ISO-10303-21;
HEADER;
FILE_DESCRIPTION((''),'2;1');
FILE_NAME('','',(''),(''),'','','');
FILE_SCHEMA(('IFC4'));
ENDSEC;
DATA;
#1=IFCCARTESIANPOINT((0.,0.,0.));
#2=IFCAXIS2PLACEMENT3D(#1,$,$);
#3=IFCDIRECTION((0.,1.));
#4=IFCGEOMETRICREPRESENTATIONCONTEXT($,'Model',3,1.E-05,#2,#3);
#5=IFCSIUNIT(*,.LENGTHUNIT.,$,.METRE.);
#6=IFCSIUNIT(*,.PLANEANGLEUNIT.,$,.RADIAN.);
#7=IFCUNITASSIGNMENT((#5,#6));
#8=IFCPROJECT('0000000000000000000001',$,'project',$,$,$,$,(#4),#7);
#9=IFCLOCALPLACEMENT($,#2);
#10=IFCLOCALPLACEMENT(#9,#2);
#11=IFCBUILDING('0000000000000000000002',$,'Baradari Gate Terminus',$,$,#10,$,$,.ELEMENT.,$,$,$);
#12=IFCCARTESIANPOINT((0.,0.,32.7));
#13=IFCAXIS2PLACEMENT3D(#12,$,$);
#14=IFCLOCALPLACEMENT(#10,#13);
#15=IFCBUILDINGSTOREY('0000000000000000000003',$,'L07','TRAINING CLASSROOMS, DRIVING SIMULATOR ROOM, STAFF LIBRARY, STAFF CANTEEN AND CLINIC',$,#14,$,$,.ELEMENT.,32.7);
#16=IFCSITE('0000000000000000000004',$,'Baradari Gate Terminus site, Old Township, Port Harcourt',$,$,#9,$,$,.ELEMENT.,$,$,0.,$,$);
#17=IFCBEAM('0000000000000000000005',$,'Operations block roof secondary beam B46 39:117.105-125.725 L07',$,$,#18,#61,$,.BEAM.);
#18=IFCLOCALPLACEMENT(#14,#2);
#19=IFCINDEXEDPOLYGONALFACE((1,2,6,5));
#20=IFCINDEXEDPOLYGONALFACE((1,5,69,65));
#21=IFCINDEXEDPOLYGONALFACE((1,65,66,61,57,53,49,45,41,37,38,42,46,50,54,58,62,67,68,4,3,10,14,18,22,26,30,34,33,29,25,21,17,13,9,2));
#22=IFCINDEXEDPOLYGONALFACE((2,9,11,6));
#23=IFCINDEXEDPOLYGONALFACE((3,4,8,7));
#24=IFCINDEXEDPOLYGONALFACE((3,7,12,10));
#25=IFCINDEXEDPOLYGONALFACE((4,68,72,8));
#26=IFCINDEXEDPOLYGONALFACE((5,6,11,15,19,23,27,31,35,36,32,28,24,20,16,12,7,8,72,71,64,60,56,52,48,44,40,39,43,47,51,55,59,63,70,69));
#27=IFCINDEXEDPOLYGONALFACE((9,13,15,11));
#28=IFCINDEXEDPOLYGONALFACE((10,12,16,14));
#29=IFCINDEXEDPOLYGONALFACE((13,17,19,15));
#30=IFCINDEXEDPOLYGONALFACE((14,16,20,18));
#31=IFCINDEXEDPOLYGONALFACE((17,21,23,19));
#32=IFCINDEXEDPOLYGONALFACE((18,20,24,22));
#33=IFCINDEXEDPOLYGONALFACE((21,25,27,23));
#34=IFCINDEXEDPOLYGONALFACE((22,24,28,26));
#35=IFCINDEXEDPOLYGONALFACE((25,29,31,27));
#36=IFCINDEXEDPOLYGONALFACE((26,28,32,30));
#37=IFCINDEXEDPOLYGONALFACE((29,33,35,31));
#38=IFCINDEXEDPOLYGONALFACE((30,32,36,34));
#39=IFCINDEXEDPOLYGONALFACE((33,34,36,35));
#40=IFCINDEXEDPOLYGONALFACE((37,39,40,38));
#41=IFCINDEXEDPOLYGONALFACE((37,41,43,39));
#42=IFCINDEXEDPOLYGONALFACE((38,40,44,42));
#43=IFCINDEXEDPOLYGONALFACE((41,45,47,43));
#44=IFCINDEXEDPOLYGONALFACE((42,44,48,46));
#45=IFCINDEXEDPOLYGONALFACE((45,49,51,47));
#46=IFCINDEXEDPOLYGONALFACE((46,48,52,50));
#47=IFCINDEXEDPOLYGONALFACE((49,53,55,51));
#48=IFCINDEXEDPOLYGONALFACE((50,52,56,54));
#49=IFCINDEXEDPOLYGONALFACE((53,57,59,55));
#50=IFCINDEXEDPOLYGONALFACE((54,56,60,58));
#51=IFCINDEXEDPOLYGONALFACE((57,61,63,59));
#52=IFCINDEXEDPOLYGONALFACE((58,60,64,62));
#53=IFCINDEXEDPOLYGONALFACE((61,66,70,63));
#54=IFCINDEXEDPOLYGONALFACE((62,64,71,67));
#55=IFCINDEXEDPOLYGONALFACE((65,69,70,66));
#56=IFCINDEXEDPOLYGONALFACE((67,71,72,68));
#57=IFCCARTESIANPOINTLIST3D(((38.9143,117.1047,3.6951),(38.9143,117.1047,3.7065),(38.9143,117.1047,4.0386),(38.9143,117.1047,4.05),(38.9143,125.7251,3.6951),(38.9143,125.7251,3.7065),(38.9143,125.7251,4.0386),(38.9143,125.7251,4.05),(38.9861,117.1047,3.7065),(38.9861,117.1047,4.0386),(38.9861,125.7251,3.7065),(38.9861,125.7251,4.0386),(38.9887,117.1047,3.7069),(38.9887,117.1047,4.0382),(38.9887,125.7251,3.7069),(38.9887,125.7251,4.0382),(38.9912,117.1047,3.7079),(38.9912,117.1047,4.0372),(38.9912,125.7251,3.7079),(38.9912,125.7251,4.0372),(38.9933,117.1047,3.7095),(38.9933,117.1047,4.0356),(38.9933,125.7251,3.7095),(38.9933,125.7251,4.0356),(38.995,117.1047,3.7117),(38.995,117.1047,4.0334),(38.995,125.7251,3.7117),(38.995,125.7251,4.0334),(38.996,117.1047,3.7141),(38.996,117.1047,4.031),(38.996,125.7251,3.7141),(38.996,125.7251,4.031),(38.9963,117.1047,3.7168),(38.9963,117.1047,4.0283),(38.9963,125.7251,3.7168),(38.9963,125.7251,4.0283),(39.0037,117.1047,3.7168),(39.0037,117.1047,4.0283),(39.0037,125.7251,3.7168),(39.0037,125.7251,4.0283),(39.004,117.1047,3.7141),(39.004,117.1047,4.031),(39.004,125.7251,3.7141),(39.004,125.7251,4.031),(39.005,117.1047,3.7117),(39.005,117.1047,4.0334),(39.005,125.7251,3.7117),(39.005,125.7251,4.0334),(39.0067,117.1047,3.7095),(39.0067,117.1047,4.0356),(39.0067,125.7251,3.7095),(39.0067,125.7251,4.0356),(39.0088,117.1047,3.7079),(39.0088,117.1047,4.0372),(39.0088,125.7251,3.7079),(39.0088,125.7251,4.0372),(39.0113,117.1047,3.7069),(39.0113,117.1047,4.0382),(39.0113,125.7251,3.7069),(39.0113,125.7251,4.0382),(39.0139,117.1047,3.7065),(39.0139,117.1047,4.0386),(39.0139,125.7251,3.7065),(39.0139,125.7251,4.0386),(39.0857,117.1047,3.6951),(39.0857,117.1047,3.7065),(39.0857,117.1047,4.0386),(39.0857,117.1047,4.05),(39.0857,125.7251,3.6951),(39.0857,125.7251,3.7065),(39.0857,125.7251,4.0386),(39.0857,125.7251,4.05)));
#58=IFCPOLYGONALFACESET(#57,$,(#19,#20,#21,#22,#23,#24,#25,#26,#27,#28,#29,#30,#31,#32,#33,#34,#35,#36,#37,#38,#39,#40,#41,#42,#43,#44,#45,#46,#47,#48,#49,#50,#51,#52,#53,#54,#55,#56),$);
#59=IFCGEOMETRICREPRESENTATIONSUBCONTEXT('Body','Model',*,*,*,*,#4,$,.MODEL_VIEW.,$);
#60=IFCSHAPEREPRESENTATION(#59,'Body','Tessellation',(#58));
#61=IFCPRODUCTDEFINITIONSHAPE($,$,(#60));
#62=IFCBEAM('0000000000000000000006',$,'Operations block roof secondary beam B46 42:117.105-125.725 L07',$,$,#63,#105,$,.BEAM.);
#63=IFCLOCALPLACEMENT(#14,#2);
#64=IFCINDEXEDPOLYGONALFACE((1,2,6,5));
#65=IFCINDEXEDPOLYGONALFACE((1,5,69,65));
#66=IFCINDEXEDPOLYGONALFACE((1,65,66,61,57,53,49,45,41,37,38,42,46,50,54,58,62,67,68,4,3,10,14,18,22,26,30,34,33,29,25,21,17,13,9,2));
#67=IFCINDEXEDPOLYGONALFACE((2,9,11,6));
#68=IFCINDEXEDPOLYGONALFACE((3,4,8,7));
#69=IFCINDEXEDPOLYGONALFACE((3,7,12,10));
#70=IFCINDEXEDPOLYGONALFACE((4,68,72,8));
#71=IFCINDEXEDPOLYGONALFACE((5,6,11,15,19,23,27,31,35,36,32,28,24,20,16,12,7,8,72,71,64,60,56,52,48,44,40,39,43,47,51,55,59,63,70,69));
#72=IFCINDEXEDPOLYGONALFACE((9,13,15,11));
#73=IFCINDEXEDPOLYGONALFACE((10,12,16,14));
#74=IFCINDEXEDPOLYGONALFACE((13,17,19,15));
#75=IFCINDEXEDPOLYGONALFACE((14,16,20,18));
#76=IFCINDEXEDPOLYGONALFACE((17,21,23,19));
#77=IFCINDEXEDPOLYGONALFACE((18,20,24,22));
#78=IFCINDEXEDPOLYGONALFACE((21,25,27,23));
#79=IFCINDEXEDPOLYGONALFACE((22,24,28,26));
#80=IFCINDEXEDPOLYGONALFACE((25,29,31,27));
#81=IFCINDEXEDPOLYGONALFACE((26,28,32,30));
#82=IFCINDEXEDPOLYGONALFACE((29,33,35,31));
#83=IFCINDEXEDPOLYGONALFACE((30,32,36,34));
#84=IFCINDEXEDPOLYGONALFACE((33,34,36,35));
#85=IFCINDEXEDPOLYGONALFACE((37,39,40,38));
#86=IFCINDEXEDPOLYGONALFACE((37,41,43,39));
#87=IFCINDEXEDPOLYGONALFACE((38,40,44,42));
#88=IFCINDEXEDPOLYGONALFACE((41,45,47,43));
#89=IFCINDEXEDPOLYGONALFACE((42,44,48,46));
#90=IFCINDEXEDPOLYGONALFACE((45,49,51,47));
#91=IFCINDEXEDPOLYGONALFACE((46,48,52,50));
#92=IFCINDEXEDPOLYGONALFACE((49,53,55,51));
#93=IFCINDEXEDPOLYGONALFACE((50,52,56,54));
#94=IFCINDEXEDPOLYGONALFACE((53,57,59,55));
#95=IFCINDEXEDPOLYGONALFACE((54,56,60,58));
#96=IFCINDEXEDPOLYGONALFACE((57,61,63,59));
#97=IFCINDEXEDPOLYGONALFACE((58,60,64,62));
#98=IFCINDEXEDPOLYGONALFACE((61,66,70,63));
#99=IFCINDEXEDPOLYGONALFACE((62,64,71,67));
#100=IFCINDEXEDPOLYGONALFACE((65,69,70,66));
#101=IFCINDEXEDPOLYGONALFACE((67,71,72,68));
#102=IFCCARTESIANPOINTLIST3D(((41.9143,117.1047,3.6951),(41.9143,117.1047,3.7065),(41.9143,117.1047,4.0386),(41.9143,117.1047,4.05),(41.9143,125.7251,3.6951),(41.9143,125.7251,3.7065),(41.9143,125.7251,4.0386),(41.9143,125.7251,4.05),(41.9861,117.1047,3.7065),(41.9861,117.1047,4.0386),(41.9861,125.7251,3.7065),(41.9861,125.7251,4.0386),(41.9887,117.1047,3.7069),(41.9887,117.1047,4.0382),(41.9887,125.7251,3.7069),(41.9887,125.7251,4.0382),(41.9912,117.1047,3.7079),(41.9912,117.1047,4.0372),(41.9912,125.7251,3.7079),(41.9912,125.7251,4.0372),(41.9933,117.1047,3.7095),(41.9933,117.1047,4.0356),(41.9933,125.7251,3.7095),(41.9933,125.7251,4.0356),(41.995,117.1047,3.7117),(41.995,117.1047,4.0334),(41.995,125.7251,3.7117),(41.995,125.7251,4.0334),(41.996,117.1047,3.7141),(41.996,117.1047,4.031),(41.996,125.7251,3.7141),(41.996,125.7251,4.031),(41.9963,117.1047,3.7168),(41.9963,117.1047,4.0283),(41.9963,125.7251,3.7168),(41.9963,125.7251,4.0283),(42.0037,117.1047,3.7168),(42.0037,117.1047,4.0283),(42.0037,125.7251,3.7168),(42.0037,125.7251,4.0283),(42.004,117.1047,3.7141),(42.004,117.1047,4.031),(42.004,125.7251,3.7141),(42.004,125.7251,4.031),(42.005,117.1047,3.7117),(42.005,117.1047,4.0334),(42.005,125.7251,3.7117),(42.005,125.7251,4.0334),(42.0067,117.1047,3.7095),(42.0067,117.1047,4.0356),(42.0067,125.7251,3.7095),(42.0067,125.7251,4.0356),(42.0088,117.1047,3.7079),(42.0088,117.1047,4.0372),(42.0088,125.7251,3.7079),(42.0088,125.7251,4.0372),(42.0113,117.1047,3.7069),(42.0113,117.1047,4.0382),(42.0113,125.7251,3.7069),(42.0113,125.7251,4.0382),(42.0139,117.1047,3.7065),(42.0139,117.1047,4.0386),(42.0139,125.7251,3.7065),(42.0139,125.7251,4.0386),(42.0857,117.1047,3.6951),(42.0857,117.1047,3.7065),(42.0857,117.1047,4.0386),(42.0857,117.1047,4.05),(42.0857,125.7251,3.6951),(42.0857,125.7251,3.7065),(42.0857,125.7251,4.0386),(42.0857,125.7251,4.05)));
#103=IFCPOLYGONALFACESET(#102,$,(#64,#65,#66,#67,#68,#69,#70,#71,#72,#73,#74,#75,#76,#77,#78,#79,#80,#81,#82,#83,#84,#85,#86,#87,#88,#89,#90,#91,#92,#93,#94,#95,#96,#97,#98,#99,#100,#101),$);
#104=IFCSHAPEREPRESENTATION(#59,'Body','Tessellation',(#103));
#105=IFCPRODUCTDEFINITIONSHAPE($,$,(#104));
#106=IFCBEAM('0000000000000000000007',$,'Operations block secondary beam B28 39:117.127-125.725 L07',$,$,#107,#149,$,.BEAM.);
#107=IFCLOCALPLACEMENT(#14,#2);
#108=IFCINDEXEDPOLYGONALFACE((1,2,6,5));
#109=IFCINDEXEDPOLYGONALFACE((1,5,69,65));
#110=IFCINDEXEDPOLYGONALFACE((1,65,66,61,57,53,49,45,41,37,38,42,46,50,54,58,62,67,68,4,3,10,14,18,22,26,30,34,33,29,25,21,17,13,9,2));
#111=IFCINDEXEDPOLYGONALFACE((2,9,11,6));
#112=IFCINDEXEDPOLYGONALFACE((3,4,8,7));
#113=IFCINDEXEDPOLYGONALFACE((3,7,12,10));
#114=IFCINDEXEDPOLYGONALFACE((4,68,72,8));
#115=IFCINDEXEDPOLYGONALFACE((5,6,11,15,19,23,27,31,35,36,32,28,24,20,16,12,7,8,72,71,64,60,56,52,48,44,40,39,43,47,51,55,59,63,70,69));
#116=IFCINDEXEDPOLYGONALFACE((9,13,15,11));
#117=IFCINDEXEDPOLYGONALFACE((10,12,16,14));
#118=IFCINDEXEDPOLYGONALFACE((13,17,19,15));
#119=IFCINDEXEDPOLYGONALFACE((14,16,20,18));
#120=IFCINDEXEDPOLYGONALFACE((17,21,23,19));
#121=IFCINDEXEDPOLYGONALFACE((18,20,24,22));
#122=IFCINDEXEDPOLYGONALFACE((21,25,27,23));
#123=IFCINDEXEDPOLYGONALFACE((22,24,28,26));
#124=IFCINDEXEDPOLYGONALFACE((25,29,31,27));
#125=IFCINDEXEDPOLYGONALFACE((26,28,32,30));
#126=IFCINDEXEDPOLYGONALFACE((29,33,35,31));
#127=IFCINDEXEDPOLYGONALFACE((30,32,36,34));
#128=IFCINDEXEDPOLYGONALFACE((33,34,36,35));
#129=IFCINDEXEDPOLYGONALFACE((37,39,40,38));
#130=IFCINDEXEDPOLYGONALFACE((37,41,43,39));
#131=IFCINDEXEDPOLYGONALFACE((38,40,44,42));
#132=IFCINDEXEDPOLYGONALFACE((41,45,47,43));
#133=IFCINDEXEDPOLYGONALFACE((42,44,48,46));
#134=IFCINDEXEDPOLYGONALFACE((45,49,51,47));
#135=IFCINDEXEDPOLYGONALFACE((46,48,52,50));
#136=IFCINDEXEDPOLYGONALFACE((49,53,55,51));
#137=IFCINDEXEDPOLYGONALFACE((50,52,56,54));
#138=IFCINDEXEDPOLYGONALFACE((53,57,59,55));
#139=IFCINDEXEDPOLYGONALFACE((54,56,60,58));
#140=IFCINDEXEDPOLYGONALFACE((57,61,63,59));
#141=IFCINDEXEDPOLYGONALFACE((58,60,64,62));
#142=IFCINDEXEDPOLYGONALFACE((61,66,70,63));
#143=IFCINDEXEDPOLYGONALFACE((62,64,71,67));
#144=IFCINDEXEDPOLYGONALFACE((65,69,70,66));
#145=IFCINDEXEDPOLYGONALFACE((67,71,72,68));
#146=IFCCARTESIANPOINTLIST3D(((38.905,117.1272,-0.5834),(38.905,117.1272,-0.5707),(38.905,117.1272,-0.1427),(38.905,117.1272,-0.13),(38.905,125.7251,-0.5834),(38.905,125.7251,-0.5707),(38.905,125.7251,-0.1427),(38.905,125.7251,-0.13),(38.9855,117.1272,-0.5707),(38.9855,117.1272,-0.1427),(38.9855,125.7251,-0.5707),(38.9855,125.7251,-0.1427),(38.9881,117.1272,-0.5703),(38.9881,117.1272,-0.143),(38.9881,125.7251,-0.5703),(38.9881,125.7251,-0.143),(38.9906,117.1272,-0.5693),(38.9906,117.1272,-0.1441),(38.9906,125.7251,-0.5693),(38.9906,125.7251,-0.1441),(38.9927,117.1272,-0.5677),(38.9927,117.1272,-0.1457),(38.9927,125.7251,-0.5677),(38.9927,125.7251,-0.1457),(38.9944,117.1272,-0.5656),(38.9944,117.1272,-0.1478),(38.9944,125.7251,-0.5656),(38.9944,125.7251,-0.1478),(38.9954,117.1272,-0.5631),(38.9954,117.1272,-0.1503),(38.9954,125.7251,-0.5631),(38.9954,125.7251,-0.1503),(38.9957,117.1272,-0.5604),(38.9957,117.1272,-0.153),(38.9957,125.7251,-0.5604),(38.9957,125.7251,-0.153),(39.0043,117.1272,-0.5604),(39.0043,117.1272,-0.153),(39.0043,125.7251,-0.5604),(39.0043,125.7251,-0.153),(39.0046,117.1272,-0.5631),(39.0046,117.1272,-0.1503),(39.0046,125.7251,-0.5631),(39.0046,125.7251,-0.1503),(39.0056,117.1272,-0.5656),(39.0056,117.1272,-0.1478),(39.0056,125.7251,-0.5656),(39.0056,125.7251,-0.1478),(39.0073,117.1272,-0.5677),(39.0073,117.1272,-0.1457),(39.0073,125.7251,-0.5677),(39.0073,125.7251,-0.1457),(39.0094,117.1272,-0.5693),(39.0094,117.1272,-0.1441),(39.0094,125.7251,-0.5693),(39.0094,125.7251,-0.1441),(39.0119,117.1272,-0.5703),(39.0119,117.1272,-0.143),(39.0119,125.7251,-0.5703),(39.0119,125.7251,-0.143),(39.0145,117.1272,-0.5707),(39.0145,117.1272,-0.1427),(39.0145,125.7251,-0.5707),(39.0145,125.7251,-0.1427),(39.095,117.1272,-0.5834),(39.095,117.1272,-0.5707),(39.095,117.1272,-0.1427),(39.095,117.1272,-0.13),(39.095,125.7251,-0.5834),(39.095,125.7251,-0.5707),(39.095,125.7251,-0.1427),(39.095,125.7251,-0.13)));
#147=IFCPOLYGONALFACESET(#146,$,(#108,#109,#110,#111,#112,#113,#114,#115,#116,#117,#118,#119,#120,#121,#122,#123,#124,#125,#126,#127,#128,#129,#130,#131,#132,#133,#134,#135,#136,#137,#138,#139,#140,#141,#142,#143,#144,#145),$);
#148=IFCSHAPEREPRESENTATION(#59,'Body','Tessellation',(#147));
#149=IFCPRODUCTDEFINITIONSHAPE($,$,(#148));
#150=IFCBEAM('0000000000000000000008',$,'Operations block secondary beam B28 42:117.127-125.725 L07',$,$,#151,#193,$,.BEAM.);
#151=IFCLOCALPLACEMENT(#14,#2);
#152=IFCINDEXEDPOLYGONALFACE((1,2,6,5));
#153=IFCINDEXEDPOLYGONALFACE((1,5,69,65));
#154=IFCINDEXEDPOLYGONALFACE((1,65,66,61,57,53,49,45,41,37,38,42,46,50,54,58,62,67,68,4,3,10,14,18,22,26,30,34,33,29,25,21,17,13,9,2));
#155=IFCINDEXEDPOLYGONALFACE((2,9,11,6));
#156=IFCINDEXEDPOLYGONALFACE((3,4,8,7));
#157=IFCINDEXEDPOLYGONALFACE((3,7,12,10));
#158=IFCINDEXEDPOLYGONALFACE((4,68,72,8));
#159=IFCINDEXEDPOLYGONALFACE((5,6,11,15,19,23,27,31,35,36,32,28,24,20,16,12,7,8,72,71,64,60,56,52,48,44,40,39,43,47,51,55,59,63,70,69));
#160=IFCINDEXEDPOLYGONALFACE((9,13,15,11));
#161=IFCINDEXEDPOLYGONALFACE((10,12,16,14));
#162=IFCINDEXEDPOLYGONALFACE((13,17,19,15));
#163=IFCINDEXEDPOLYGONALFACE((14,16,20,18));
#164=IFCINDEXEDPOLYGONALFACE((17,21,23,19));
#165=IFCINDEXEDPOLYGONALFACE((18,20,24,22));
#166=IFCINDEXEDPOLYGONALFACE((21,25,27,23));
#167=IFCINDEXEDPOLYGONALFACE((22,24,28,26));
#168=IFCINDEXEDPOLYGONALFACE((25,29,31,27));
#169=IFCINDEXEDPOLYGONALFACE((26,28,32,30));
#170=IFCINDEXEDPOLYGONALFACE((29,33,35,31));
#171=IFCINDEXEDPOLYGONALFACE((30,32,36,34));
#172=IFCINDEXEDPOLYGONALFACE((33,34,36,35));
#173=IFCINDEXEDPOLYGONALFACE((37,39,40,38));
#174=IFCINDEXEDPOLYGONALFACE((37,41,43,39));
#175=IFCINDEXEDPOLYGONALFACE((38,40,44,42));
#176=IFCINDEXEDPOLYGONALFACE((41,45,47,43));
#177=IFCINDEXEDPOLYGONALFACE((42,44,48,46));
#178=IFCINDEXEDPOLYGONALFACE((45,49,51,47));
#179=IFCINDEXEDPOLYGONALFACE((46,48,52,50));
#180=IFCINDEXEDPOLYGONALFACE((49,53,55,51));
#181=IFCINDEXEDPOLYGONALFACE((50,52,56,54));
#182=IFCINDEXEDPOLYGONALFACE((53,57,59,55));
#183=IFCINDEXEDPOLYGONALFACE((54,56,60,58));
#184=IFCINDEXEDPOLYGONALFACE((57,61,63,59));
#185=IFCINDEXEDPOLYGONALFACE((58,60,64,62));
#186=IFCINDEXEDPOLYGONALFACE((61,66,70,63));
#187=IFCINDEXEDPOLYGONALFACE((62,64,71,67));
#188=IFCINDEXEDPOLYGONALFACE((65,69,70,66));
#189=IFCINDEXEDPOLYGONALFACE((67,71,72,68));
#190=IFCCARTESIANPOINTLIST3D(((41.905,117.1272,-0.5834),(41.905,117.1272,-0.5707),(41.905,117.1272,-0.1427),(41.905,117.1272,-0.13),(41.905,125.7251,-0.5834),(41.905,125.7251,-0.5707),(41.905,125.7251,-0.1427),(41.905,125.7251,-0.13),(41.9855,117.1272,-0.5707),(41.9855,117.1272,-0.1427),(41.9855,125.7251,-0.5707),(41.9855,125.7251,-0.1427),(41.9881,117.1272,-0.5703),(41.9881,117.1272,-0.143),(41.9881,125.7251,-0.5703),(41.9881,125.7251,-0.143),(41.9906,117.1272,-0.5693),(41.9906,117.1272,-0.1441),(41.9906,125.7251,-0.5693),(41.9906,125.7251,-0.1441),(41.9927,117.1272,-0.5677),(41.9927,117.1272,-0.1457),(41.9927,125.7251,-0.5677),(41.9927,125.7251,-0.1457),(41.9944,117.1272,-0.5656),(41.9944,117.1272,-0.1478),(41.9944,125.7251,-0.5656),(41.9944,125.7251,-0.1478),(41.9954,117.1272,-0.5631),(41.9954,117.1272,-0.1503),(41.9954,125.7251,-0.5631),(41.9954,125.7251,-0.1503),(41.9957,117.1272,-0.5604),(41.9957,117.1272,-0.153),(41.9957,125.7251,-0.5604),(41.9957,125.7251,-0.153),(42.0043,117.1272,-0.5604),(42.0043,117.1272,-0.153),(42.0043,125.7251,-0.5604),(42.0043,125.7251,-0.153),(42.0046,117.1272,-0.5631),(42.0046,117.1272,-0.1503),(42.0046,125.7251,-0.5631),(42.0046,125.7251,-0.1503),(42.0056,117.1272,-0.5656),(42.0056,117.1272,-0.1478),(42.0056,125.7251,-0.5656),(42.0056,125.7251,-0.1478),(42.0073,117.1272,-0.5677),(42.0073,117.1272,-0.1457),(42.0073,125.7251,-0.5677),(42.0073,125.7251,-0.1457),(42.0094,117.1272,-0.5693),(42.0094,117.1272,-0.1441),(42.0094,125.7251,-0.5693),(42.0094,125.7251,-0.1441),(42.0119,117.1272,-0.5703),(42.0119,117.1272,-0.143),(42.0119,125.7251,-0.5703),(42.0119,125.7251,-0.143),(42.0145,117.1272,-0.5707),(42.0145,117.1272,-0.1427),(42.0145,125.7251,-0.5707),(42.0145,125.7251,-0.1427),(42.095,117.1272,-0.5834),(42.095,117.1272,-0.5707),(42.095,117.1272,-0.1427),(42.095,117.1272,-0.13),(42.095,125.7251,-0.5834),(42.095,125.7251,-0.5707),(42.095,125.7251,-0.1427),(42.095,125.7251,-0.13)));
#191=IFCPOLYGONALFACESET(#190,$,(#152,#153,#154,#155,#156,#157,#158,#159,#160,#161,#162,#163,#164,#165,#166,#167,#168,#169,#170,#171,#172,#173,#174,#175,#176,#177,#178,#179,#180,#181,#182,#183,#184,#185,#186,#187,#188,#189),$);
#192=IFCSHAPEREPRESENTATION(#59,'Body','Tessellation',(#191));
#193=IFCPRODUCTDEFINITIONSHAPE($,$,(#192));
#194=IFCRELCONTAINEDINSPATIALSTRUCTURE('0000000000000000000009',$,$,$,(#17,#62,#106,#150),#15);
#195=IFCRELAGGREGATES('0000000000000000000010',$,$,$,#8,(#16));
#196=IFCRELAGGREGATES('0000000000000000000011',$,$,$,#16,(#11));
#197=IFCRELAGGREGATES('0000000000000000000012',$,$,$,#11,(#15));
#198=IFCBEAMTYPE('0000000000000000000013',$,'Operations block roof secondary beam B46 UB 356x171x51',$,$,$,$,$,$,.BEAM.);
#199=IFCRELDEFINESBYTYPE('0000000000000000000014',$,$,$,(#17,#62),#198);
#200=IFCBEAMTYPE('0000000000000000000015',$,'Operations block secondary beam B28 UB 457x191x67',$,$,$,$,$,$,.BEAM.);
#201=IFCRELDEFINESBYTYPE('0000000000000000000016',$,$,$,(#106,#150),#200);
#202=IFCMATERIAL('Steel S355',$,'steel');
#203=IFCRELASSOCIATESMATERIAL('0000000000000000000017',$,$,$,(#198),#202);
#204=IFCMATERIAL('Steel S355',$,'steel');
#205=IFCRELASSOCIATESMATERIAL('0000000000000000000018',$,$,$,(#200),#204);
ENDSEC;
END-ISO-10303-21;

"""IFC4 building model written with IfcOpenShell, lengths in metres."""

from ifc_helpers import new_model, si_unit, direction, frame, origin, origin_2d, place, context, subcontext, project, spatial, i_section, extrude, material, material_profile, profile_set, type_object, element, save


model = new_model("IFC4")

# Units and contexts
model_context = context("Model", 3, precision=1e-05, world=origin(), true_north=direction((0.0, 1.0)))
body_context = subcontext(model_context, "Body", "Model", "MODEL_VIEW")
ifc_project = project(units=[si_unit("LENGTHUNIT", "METRE"), si_unit("PLANEANGLEUNIT", "RADIAN")], contexts=[model_context])

# Site, building, storey
site_placement = place(None, origin())
site = spatial("IfcSite", under=ifc_project, at=site_placement, Name="Baradari Gate Terminus site, Old Township, Port Harcourt", CompositionType="ELEMENT", RefElevation=0.0)
building_placement = place(site_placement, origin())
building = spatial("IfcBuilding", under=site, at=building_placement, Name="Baradari Gate Terminus", CompositionType="ELEMENT")
storey_placement = place(building_placement, frame((0.0, 0.0, 32.7)))
storey = spatial("IfcBuildingStorey", under=building, at=storey_placement, Name="L07", Description="TRAINING CLASSROOMS, DRIVING SIMULATOR ROOM, STAFF LIBRARY, STAFF CANTEEN AND CLINIC", CompositionType="ELEMENT", Elevation=32.7)

# Beams
ifc_material_1 = material(Name="Steel S355", Category="steel")
ifc_material_profile_1 = material_profile(ifc_material_1, i_section(OverallWidth=0.1714, OverallDepth=0.355, WebThickness=0.0073, FlangeThickness=0.0115, FilletRadius=0.0103, at=origin_2d()), Name="UB 356x171x51")
ifc_profile_set_1 = profile_set([ifc_material_profile_1], Name="Steel S355")
beam_type_1 = type_object("IfcBeamType", Name="Operations block roof secondary beam B46 UB 356x171x51", PredefinedType="BEAM", material=ifc_profile_set_1)
for number, where, z_axis, x_axis, name in (
    (1, (39.0, 117.1047, 3.8726), (0.0, 1.0, 0.0), (-1.0, 0.0, 0.0), "Operations block roof secondary beam B46 39:117.105-125.725 L07"),
    (2, (42.0, 117.1047, 3.8726), (0.0, 1.0, 0.0), (-1.0, 0.0, 0.0), "Operations block roof secondary beam B46 42:117.105-125.725 L07"),
):
    element("IfcBeam", number, at=place(storey_placement, frame(where, z_axis=z_axis, x_axis=x_axis)), inside=storey, type_object=beam_type_1, Name=name, PredefinedType="BEAM", context=body_context, shape_type="SweptSolid", body=[
        extrude(i_section(OverallWidth=0.1714, OverallDepth=0.355, WebThickness=0.0073, FlangeThickness=0.0115, FilletRadius=0.0103, at=origin_2d()), origin(), (0.0, 0.0, 1.0), 8.6204),
    ])
ifc_material_2 = material(Name="Steel S355", Category="steel")
ifc_material_profile_2 = material_profile(ifc_material_2, i_section(OverallWidth=0.1899, OverallDepth=0.4534, WebThickness=0.0085, FlangeThickness=0.0127, FilletRadius=0.0103, at=origin_2d()), Name="UB 457x191x67")
ifc_profile_set_2 = profile_set([ifc_material_profile_2], Name="Steel S355")
beam_type_2 = type_object("IfcBeamType", Name="Operations block secondary beam B28 UB 457x191x67", PredefinedType="BEAM", material=ifc_profile_set_2)
for number, where, z_axis, x_axis, name in (
    (3, (39.0, 117.1272, -0.3567), (0.0, 1.0, 0.0), (-1.0, 0.0, 0.0), "Operations block secondary beam B28 39:117.127-125.725 L07"),
    (4, (42.0, 117.1272, -0.3567), (0.0, 1.0, 0.0), (-1.0, 0.0, 0.0), "Operations block secondary beam B28 42:117.127-125.725 L07"),
):
    element("IfcBeam", number, at=place(storey_placement, frame(where, z_axis=z_axis, x_axis=x_axis)), inside=storey, type_object=beam_type_2, Name=name, PredefinedType="BEAM", context=body_context, shape_type="SweptSolid", body=[
        extrude(i_section(OverallWidth=0.1899, OverallDepth=0.4534, WebThickness=0.0085, FlangeThickness=0.0127, FilletRadius=0.0103, at=origin_2d()), origin(), (0.0, 0.0, 1.0), 8.5979),
    ])

save(model, "model.ifc")
